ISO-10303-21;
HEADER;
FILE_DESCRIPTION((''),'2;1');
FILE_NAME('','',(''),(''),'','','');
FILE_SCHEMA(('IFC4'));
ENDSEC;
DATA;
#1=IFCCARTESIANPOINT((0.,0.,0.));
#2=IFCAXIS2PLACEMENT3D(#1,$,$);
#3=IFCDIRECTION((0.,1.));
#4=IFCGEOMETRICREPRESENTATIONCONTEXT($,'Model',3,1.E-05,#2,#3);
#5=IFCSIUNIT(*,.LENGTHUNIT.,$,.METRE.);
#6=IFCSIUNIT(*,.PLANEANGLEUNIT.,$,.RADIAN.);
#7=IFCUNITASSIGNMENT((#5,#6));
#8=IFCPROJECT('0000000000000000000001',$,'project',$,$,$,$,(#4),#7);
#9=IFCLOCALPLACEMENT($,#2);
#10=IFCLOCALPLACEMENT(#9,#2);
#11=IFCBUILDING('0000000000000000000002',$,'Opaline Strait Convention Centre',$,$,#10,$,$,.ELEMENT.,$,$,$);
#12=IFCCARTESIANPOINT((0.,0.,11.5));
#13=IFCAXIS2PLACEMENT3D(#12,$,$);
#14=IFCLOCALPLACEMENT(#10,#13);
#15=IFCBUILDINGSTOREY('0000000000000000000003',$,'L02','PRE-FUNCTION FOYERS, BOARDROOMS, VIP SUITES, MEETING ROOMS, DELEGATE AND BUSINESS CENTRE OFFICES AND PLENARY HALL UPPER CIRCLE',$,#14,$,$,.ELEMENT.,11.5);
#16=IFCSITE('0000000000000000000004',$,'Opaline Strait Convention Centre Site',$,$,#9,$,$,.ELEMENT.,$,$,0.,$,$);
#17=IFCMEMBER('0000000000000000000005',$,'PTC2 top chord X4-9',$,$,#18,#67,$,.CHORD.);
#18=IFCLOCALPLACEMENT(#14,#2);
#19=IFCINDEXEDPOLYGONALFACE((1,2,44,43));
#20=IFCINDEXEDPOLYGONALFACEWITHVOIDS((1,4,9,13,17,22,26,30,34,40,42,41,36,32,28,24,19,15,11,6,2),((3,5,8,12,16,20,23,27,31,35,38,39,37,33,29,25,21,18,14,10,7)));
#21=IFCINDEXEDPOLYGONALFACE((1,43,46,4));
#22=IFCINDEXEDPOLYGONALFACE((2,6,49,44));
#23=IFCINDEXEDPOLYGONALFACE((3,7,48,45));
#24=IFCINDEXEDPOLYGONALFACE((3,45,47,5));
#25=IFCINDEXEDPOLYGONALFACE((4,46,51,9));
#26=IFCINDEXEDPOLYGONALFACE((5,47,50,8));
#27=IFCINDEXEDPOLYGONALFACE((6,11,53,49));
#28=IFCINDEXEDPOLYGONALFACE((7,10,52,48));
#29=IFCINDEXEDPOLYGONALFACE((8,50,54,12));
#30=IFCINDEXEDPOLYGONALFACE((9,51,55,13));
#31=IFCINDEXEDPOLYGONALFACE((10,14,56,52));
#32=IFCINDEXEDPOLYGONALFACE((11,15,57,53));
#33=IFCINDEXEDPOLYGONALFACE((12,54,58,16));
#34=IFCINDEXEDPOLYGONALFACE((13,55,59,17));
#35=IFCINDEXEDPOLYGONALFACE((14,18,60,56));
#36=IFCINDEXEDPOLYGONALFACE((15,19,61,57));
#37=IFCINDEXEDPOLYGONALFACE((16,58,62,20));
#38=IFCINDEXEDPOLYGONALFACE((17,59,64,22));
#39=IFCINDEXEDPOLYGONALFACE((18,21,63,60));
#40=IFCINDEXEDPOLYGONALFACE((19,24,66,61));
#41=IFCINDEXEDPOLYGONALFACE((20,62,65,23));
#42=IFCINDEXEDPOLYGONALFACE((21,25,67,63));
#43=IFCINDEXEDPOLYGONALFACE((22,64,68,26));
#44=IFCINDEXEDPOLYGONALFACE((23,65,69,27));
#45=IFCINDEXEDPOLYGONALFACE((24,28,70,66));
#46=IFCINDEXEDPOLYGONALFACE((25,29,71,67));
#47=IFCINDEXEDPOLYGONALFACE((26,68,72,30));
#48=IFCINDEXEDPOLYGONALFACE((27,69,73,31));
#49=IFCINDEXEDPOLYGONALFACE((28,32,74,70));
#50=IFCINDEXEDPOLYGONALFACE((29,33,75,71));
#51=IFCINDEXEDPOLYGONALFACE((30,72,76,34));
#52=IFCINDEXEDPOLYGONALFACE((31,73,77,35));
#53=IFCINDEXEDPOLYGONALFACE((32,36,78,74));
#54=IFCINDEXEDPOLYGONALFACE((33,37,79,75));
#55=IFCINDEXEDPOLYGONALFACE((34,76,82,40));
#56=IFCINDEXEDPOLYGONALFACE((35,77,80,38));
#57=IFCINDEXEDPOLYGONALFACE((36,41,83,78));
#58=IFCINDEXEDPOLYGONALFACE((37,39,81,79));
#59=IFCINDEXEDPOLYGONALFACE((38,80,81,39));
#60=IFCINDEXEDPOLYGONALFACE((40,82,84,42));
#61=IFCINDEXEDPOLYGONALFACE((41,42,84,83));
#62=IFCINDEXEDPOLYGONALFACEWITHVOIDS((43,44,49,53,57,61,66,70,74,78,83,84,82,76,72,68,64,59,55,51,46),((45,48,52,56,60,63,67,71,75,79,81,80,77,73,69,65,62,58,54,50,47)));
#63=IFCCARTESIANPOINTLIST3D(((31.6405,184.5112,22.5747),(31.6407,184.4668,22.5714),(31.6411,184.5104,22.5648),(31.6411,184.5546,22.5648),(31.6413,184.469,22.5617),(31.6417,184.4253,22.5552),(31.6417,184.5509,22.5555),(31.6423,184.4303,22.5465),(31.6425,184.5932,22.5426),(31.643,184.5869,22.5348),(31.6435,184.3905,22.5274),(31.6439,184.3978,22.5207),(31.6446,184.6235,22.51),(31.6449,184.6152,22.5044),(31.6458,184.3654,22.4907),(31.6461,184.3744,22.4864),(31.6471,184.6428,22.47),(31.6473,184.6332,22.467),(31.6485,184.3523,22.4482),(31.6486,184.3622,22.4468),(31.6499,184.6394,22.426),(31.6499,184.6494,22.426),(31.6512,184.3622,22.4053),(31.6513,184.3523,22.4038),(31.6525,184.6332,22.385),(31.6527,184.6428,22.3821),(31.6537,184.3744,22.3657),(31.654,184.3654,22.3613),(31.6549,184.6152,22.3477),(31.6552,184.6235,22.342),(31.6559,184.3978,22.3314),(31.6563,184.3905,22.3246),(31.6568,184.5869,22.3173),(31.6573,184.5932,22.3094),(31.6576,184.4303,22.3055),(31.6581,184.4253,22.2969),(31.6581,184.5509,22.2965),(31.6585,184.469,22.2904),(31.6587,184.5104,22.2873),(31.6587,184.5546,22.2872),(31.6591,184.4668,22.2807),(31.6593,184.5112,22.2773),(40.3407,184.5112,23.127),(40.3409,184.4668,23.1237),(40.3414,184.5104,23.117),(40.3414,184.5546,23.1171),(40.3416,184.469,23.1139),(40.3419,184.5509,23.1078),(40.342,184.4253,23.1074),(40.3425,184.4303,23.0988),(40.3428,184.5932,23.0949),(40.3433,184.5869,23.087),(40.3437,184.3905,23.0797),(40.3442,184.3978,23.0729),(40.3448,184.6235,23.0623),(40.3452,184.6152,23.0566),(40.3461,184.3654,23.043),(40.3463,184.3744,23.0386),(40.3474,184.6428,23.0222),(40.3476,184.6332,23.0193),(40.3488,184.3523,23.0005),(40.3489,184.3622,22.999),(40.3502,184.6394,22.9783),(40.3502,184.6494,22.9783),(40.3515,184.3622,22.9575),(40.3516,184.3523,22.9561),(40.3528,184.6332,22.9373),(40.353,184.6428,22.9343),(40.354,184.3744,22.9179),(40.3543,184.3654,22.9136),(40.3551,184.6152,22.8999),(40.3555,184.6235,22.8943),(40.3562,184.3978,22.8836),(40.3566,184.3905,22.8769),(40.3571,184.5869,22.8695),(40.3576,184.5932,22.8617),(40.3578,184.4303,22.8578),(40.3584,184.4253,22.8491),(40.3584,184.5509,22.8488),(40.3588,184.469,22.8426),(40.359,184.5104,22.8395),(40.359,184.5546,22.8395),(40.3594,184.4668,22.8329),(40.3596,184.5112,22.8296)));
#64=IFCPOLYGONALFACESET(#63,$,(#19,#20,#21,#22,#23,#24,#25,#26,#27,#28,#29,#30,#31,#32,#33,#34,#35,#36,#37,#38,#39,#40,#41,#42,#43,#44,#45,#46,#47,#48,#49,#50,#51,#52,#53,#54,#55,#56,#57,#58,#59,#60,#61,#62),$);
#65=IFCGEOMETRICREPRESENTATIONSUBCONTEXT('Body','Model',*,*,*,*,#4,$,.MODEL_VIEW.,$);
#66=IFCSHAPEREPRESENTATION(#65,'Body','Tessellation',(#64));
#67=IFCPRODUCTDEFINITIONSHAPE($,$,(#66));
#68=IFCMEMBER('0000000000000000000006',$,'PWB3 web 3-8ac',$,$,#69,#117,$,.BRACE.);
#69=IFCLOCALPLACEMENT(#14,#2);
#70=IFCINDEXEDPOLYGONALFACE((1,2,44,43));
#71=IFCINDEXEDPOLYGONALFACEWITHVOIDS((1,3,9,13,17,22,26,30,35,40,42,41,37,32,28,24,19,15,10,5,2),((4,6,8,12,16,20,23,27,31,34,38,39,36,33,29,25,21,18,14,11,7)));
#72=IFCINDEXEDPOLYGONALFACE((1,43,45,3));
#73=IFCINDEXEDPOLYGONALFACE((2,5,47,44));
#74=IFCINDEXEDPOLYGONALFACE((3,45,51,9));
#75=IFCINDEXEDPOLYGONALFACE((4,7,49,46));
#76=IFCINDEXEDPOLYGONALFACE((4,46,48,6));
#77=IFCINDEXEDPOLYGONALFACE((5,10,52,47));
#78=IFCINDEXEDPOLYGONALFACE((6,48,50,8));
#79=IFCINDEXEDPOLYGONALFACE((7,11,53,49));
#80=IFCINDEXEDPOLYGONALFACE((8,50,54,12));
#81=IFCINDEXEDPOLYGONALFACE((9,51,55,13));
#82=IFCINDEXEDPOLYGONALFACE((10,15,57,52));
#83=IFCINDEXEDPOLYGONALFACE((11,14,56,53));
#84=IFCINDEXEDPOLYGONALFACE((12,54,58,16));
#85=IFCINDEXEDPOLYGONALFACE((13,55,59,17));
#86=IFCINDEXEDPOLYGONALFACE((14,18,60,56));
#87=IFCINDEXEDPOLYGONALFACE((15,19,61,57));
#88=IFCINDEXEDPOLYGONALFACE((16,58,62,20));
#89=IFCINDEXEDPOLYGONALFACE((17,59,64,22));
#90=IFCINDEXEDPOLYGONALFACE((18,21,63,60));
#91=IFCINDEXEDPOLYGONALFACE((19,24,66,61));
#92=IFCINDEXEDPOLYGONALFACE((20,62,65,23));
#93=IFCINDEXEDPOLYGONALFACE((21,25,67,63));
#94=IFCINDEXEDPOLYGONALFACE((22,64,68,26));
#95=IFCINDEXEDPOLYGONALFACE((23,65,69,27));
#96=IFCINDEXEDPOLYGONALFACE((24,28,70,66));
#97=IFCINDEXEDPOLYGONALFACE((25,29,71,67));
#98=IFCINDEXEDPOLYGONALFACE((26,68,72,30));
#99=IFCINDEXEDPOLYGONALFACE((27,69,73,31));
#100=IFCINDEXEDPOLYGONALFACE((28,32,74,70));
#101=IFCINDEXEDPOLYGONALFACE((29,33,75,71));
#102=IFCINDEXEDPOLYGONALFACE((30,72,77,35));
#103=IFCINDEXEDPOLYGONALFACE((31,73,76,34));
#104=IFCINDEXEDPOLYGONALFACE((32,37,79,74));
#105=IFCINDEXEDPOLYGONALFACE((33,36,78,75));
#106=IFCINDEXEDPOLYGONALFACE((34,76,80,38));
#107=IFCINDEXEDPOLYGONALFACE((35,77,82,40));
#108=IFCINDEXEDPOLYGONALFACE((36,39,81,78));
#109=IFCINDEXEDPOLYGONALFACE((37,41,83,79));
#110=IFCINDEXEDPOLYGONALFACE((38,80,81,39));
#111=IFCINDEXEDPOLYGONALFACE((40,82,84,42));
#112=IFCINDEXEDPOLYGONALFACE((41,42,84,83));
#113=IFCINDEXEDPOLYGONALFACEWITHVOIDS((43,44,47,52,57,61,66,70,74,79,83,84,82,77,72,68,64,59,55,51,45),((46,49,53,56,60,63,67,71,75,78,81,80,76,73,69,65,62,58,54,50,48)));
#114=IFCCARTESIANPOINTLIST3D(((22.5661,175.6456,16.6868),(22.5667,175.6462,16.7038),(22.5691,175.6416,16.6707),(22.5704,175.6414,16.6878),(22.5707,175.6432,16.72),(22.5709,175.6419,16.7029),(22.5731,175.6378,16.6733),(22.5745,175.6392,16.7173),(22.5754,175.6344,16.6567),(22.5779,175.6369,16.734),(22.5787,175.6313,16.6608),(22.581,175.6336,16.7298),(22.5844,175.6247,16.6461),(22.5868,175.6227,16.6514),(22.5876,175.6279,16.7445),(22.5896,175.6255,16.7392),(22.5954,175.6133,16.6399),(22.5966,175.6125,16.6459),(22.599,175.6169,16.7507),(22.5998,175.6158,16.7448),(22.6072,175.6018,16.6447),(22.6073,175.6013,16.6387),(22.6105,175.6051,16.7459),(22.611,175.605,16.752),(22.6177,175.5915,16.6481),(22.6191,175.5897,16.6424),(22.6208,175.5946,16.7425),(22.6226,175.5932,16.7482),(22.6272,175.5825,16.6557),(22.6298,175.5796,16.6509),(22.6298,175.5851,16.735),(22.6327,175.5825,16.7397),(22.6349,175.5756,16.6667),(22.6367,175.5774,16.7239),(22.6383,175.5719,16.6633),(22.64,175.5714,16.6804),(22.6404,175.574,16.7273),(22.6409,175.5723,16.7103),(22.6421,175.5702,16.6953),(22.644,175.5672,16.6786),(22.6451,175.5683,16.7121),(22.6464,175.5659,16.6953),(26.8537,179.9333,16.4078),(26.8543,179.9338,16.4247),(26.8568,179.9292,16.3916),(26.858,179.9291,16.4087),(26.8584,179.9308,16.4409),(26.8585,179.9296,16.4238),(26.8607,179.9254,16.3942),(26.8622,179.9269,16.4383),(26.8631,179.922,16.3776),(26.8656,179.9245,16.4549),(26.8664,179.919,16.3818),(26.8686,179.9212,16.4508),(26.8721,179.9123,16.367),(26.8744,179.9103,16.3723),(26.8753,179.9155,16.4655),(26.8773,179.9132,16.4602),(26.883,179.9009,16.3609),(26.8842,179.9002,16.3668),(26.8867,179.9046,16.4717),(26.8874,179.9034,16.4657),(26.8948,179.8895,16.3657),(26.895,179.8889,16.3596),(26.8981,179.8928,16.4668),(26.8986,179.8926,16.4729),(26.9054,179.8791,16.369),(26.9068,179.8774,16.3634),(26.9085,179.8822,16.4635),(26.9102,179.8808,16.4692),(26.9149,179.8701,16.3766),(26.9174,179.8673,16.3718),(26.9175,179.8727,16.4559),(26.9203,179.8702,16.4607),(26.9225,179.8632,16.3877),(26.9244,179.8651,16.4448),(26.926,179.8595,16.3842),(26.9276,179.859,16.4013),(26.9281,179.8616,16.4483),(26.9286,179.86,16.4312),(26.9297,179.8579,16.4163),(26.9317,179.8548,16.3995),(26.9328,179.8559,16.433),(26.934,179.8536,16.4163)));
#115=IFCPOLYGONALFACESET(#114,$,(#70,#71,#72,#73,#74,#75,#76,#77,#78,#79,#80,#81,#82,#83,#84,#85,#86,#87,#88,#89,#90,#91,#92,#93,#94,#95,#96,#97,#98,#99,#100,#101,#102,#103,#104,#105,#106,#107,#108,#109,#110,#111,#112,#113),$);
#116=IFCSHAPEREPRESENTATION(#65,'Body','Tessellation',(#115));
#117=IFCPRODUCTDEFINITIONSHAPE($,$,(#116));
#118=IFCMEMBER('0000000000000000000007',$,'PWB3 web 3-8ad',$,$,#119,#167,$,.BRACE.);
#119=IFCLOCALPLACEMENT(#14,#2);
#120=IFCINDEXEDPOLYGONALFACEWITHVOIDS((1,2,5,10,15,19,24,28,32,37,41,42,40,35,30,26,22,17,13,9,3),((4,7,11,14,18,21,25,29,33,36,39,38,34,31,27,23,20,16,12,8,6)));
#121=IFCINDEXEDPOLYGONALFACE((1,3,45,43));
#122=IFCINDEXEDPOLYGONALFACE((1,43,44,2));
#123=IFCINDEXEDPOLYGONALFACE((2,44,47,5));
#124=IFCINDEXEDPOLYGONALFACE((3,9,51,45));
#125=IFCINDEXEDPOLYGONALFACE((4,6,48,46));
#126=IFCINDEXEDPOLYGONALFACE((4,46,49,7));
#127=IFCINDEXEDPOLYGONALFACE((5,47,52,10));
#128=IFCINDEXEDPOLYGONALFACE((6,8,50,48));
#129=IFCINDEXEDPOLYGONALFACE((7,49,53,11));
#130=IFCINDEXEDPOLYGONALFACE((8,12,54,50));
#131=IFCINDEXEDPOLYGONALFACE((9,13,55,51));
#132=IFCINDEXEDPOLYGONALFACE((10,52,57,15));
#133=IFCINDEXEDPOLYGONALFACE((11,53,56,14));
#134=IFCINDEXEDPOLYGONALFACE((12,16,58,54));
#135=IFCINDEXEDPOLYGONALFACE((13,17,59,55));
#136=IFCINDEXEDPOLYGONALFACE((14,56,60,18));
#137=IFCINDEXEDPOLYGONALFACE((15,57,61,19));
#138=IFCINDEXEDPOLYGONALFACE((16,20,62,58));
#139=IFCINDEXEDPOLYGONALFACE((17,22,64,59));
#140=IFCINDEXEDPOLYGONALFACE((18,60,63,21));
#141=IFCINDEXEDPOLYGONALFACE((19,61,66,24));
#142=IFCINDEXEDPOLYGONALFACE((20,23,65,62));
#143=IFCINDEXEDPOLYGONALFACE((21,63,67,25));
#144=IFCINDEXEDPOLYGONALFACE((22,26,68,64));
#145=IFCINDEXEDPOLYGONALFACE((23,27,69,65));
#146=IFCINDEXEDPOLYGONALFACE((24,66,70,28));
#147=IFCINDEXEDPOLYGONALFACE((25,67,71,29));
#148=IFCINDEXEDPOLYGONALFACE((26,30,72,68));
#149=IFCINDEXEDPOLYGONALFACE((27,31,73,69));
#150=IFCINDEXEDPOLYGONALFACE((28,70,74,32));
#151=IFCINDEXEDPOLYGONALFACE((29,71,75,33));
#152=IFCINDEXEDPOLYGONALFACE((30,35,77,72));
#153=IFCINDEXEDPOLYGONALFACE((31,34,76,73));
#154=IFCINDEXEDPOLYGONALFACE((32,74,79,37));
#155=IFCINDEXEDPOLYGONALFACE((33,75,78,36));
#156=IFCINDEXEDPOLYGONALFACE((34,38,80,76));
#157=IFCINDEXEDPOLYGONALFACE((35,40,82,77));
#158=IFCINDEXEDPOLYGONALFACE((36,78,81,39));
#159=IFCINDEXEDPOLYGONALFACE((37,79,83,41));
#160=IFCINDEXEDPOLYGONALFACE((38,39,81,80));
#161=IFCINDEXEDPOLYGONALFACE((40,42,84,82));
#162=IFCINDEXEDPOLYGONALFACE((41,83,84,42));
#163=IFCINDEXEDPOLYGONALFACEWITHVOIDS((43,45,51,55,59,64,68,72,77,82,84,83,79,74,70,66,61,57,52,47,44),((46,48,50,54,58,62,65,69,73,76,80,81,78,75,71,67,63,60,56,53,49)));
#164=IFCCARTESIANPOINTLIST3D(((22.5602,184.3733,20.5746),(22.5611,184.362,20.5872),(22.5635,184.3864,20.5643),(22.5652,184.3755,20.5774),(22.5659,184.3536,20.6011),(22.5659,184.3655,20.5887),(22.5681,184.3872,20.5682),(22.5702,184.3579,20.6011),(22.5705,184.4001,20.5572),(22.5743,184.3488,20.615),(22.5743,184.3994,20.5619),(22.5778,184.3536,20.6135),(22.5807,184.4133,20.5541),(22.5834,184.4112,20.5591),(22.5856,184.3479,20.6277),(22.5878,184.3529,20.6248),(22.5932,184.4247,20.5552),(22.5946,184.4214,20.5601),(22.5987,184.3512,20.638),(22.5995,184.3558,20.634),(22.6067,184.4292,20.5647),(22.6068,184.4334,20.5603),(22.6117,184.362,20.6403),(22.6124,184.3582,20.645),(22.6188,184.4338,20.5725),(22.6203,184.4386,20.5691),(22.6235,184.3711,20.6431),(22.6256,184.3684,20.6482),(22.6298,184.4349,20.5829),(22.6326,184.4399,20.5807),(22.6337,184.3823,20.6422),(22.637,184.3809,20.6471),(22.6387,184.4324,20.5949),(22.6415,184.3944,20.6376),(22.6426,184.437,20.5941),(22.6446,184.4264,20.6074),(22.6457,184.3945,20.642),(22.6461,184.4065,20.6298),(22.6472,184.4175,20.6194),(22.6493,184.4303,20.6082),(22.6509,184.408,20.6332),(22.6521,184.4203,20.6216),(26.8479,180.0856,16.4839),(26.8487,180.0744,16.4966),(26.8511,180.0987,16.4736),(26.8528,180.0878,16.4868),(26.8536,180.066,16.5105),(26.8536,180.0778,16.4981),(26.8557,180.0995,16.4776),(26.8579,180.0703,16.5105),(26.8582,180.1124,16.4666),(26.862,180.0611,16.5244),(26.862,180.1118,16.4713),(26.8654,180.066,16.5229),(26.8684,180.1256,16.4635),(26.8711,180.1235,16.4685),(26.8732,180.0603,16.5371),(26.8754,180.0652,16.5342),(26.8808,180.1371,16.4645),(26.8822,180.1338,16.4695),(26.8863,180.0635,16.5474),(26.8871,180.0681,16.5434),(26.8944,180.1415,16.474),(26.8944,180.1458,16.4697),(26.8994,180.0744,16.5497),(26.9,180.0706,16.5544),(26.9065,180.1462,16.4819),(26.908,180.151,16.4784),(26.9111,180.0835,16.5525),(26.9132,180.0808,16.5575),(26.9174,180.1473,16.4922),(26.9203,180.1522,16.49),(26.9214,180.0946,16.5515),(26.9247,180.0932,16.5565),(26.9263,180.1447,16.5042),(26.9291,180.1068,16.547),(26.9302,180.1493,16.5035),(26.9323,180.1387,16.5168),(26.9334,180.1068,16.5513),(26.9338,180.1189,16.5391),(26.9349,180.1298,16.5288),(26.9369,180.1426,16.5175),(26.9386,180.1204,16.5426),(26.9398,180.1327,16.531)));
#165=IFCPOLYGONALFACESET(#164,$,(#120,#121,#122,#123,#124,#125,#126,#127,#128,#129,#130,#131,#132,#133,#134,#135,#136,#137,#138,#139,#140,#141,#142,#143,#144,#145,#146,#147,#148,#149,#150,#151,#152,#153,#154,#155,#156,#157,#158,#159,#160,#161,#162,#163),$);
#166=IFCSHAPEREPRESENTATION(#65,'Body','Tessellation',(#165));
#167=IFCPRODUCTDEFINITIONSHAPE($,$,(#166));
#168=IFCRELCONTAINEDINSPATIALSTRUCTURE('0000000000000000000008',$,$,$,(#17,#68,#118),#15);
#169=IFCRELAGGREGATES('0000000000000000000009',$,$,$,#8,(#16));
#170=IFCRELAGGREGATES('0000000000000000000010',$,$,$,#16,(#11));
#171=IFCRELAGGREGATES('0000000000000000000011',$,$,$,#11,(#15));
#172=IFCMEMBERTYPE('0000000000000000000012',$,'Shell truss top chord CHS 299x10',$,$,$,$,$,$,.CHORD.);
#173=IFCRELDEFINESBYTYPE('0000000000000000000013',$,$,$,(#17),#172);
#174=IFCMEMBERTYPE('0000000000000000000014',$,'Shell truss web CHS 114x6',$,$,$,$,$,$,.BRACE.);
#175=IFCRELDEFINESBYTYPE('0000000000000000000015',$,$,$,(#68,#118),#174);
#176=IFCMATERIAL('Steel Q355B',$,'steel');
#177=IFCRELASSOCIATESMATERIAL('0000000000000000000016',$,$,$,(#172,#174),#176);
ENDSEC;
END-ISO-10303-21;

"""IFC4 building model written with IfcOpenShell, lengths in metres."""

from ifc_helpers import new_model, si_unit, direction, frame, origin, origin_2d, place, context, subcontext, project, spatial, hollow_circle, extrude, material, material_profile, profile_set, type_object, element, save


model = new_model("IFC4")

# Units and contexts
model_context = context("Model", 3, precision=1e-05, world=origin(), true_north=direction((0.0, 1.0)))
body_context = subcontext(model_context, "Body", "Model", "MODEL_VIEW")
ifc_project = project(units=[si_unit("LENGTHUNIT", "METRE"), si_unit("PLANEANGLEUNIT", "RADIAN")], contexts=[model_context])

# Site, building, storey
site_placement = place(None, origin())
site = spatial("IfcSite", under=ifc_project, at=site_placement, Name="Opaline Strait Convention Centre Site", CompositionType="ELEMENT", RefElevation=0.0)
building_placement = place(site_placement, origin())
building = spatial("IfcBuilding", under=site, at=building_placement, Name="Opaline Strait Convention Centre", CompositionType="ELEMENT")
storey_placement = place(building_placement, frame((0.0, 0.0, 11.5)))
storey = spatial("IfcBuildingStorey", under=building, at=storey_placement, Name="L02", Description="PRE-FUNCTION FOYERS, BOARDROOMS, VIP SUITES, MEETING ROOMS, DELEGATE AND BUSINESS CENTRE OFFICES AND PLENARY HALL UPPER CIRCLE", CompositionType="ELEMENT", Elevation=11.5)

# Members
ifc_material_1 = material(Name="Steel Q355B", Category="steel")
ifc_material_profile_1 = material_profile(ifc_material_1, hollow_circle(Radius=0.1494, WallThickness=0.01, at=origin_2d()), Name="CHS 299x10")
ifc_profile_set_1 = profile_set([ifc_material_profile_1], Name="Steel Q355B")
member_type_1 = type_object("IfcMemberType", Name="Shell truss top chord CHS 299x10", PredefinedType="CHORD", material=ifc_profile_set_1)
member_1_placement = place(storey_placement, frame((31.6499, 184.5, 22.426), z_axis=(0.997992, 0.0, 0.063348), x_axis=(0.0, 1.0, 0.0)))
element("IfcMember", 1, at=member_1_placement, inside=storey, type_object=member_type_1, Name="PTC2 top chord X4-9", PredefinedType="CHORD", context=body_context, shape_type="SweptSolid", body=[
    extrude(hollow_circle(Radius=0.1494, WallThickness=0.01, at=origin_2d()), origin(), (0.0, 0.0, 1.0), 8.7178),
])
ifc_material_profile_2 = material_profile(ifc_material_1, hollow_circle(Radius=0.0569, WallThickness=0.0061, at=origin_2d()), Name="CHS 114x6")
ifc_profile_set_2 = profile_set([ifc_material_profile_2], Name="Steel Q355B")
member_type_2 = type_object("IfcMemberType", Name="Shell truss web CHS 114x6", PredefinedType="BRACE", material=ifc_profile_set_2)
member_2_placement = place(storey_placement, frame((26.8938, 179.8938, 16.4163), z_axis=(-0.706359, -0.706359, 0.045972), x_axis=(0.707107, -0.707107, 0.0)))
element("IfcMember", 2, at=member_2_placement, inside=storey, type_object=member_type_2, Name="PWB3 web 3-8ac", PredefinedType="BRACE", context=body_context, shape_type="SweptSolid", body=[
    extrude(hollow_circle(Radius=0.0569, WallThickness=0.0061, at=origin_2d()), origin(), (0.0, 0.0, 1.0), 6.0701),
])
member_3_placement = place(storey_placement, frame((26.8938, 180.1062, 16.5105), z_axis=(-0.586189, 0.586189, 0.559253), x_axis=(-0.707107, -0.707107, 0.0)))
element("IfcMember", 3, at=member_3_placement, inside=storey, type_object=member_type_2, Name="PWB3 web 3-8ad", PredefinedType="BRACE", context=body_context, shape_type="SweptSolid", body=[
    extrude(hollow_circle(Radius=0.0569, WallThickness=0.0061, at=origin_2d()), origin(), (0.0, 0.0, 1.0), 7.3145),
])

save(model, "model.ifc")
